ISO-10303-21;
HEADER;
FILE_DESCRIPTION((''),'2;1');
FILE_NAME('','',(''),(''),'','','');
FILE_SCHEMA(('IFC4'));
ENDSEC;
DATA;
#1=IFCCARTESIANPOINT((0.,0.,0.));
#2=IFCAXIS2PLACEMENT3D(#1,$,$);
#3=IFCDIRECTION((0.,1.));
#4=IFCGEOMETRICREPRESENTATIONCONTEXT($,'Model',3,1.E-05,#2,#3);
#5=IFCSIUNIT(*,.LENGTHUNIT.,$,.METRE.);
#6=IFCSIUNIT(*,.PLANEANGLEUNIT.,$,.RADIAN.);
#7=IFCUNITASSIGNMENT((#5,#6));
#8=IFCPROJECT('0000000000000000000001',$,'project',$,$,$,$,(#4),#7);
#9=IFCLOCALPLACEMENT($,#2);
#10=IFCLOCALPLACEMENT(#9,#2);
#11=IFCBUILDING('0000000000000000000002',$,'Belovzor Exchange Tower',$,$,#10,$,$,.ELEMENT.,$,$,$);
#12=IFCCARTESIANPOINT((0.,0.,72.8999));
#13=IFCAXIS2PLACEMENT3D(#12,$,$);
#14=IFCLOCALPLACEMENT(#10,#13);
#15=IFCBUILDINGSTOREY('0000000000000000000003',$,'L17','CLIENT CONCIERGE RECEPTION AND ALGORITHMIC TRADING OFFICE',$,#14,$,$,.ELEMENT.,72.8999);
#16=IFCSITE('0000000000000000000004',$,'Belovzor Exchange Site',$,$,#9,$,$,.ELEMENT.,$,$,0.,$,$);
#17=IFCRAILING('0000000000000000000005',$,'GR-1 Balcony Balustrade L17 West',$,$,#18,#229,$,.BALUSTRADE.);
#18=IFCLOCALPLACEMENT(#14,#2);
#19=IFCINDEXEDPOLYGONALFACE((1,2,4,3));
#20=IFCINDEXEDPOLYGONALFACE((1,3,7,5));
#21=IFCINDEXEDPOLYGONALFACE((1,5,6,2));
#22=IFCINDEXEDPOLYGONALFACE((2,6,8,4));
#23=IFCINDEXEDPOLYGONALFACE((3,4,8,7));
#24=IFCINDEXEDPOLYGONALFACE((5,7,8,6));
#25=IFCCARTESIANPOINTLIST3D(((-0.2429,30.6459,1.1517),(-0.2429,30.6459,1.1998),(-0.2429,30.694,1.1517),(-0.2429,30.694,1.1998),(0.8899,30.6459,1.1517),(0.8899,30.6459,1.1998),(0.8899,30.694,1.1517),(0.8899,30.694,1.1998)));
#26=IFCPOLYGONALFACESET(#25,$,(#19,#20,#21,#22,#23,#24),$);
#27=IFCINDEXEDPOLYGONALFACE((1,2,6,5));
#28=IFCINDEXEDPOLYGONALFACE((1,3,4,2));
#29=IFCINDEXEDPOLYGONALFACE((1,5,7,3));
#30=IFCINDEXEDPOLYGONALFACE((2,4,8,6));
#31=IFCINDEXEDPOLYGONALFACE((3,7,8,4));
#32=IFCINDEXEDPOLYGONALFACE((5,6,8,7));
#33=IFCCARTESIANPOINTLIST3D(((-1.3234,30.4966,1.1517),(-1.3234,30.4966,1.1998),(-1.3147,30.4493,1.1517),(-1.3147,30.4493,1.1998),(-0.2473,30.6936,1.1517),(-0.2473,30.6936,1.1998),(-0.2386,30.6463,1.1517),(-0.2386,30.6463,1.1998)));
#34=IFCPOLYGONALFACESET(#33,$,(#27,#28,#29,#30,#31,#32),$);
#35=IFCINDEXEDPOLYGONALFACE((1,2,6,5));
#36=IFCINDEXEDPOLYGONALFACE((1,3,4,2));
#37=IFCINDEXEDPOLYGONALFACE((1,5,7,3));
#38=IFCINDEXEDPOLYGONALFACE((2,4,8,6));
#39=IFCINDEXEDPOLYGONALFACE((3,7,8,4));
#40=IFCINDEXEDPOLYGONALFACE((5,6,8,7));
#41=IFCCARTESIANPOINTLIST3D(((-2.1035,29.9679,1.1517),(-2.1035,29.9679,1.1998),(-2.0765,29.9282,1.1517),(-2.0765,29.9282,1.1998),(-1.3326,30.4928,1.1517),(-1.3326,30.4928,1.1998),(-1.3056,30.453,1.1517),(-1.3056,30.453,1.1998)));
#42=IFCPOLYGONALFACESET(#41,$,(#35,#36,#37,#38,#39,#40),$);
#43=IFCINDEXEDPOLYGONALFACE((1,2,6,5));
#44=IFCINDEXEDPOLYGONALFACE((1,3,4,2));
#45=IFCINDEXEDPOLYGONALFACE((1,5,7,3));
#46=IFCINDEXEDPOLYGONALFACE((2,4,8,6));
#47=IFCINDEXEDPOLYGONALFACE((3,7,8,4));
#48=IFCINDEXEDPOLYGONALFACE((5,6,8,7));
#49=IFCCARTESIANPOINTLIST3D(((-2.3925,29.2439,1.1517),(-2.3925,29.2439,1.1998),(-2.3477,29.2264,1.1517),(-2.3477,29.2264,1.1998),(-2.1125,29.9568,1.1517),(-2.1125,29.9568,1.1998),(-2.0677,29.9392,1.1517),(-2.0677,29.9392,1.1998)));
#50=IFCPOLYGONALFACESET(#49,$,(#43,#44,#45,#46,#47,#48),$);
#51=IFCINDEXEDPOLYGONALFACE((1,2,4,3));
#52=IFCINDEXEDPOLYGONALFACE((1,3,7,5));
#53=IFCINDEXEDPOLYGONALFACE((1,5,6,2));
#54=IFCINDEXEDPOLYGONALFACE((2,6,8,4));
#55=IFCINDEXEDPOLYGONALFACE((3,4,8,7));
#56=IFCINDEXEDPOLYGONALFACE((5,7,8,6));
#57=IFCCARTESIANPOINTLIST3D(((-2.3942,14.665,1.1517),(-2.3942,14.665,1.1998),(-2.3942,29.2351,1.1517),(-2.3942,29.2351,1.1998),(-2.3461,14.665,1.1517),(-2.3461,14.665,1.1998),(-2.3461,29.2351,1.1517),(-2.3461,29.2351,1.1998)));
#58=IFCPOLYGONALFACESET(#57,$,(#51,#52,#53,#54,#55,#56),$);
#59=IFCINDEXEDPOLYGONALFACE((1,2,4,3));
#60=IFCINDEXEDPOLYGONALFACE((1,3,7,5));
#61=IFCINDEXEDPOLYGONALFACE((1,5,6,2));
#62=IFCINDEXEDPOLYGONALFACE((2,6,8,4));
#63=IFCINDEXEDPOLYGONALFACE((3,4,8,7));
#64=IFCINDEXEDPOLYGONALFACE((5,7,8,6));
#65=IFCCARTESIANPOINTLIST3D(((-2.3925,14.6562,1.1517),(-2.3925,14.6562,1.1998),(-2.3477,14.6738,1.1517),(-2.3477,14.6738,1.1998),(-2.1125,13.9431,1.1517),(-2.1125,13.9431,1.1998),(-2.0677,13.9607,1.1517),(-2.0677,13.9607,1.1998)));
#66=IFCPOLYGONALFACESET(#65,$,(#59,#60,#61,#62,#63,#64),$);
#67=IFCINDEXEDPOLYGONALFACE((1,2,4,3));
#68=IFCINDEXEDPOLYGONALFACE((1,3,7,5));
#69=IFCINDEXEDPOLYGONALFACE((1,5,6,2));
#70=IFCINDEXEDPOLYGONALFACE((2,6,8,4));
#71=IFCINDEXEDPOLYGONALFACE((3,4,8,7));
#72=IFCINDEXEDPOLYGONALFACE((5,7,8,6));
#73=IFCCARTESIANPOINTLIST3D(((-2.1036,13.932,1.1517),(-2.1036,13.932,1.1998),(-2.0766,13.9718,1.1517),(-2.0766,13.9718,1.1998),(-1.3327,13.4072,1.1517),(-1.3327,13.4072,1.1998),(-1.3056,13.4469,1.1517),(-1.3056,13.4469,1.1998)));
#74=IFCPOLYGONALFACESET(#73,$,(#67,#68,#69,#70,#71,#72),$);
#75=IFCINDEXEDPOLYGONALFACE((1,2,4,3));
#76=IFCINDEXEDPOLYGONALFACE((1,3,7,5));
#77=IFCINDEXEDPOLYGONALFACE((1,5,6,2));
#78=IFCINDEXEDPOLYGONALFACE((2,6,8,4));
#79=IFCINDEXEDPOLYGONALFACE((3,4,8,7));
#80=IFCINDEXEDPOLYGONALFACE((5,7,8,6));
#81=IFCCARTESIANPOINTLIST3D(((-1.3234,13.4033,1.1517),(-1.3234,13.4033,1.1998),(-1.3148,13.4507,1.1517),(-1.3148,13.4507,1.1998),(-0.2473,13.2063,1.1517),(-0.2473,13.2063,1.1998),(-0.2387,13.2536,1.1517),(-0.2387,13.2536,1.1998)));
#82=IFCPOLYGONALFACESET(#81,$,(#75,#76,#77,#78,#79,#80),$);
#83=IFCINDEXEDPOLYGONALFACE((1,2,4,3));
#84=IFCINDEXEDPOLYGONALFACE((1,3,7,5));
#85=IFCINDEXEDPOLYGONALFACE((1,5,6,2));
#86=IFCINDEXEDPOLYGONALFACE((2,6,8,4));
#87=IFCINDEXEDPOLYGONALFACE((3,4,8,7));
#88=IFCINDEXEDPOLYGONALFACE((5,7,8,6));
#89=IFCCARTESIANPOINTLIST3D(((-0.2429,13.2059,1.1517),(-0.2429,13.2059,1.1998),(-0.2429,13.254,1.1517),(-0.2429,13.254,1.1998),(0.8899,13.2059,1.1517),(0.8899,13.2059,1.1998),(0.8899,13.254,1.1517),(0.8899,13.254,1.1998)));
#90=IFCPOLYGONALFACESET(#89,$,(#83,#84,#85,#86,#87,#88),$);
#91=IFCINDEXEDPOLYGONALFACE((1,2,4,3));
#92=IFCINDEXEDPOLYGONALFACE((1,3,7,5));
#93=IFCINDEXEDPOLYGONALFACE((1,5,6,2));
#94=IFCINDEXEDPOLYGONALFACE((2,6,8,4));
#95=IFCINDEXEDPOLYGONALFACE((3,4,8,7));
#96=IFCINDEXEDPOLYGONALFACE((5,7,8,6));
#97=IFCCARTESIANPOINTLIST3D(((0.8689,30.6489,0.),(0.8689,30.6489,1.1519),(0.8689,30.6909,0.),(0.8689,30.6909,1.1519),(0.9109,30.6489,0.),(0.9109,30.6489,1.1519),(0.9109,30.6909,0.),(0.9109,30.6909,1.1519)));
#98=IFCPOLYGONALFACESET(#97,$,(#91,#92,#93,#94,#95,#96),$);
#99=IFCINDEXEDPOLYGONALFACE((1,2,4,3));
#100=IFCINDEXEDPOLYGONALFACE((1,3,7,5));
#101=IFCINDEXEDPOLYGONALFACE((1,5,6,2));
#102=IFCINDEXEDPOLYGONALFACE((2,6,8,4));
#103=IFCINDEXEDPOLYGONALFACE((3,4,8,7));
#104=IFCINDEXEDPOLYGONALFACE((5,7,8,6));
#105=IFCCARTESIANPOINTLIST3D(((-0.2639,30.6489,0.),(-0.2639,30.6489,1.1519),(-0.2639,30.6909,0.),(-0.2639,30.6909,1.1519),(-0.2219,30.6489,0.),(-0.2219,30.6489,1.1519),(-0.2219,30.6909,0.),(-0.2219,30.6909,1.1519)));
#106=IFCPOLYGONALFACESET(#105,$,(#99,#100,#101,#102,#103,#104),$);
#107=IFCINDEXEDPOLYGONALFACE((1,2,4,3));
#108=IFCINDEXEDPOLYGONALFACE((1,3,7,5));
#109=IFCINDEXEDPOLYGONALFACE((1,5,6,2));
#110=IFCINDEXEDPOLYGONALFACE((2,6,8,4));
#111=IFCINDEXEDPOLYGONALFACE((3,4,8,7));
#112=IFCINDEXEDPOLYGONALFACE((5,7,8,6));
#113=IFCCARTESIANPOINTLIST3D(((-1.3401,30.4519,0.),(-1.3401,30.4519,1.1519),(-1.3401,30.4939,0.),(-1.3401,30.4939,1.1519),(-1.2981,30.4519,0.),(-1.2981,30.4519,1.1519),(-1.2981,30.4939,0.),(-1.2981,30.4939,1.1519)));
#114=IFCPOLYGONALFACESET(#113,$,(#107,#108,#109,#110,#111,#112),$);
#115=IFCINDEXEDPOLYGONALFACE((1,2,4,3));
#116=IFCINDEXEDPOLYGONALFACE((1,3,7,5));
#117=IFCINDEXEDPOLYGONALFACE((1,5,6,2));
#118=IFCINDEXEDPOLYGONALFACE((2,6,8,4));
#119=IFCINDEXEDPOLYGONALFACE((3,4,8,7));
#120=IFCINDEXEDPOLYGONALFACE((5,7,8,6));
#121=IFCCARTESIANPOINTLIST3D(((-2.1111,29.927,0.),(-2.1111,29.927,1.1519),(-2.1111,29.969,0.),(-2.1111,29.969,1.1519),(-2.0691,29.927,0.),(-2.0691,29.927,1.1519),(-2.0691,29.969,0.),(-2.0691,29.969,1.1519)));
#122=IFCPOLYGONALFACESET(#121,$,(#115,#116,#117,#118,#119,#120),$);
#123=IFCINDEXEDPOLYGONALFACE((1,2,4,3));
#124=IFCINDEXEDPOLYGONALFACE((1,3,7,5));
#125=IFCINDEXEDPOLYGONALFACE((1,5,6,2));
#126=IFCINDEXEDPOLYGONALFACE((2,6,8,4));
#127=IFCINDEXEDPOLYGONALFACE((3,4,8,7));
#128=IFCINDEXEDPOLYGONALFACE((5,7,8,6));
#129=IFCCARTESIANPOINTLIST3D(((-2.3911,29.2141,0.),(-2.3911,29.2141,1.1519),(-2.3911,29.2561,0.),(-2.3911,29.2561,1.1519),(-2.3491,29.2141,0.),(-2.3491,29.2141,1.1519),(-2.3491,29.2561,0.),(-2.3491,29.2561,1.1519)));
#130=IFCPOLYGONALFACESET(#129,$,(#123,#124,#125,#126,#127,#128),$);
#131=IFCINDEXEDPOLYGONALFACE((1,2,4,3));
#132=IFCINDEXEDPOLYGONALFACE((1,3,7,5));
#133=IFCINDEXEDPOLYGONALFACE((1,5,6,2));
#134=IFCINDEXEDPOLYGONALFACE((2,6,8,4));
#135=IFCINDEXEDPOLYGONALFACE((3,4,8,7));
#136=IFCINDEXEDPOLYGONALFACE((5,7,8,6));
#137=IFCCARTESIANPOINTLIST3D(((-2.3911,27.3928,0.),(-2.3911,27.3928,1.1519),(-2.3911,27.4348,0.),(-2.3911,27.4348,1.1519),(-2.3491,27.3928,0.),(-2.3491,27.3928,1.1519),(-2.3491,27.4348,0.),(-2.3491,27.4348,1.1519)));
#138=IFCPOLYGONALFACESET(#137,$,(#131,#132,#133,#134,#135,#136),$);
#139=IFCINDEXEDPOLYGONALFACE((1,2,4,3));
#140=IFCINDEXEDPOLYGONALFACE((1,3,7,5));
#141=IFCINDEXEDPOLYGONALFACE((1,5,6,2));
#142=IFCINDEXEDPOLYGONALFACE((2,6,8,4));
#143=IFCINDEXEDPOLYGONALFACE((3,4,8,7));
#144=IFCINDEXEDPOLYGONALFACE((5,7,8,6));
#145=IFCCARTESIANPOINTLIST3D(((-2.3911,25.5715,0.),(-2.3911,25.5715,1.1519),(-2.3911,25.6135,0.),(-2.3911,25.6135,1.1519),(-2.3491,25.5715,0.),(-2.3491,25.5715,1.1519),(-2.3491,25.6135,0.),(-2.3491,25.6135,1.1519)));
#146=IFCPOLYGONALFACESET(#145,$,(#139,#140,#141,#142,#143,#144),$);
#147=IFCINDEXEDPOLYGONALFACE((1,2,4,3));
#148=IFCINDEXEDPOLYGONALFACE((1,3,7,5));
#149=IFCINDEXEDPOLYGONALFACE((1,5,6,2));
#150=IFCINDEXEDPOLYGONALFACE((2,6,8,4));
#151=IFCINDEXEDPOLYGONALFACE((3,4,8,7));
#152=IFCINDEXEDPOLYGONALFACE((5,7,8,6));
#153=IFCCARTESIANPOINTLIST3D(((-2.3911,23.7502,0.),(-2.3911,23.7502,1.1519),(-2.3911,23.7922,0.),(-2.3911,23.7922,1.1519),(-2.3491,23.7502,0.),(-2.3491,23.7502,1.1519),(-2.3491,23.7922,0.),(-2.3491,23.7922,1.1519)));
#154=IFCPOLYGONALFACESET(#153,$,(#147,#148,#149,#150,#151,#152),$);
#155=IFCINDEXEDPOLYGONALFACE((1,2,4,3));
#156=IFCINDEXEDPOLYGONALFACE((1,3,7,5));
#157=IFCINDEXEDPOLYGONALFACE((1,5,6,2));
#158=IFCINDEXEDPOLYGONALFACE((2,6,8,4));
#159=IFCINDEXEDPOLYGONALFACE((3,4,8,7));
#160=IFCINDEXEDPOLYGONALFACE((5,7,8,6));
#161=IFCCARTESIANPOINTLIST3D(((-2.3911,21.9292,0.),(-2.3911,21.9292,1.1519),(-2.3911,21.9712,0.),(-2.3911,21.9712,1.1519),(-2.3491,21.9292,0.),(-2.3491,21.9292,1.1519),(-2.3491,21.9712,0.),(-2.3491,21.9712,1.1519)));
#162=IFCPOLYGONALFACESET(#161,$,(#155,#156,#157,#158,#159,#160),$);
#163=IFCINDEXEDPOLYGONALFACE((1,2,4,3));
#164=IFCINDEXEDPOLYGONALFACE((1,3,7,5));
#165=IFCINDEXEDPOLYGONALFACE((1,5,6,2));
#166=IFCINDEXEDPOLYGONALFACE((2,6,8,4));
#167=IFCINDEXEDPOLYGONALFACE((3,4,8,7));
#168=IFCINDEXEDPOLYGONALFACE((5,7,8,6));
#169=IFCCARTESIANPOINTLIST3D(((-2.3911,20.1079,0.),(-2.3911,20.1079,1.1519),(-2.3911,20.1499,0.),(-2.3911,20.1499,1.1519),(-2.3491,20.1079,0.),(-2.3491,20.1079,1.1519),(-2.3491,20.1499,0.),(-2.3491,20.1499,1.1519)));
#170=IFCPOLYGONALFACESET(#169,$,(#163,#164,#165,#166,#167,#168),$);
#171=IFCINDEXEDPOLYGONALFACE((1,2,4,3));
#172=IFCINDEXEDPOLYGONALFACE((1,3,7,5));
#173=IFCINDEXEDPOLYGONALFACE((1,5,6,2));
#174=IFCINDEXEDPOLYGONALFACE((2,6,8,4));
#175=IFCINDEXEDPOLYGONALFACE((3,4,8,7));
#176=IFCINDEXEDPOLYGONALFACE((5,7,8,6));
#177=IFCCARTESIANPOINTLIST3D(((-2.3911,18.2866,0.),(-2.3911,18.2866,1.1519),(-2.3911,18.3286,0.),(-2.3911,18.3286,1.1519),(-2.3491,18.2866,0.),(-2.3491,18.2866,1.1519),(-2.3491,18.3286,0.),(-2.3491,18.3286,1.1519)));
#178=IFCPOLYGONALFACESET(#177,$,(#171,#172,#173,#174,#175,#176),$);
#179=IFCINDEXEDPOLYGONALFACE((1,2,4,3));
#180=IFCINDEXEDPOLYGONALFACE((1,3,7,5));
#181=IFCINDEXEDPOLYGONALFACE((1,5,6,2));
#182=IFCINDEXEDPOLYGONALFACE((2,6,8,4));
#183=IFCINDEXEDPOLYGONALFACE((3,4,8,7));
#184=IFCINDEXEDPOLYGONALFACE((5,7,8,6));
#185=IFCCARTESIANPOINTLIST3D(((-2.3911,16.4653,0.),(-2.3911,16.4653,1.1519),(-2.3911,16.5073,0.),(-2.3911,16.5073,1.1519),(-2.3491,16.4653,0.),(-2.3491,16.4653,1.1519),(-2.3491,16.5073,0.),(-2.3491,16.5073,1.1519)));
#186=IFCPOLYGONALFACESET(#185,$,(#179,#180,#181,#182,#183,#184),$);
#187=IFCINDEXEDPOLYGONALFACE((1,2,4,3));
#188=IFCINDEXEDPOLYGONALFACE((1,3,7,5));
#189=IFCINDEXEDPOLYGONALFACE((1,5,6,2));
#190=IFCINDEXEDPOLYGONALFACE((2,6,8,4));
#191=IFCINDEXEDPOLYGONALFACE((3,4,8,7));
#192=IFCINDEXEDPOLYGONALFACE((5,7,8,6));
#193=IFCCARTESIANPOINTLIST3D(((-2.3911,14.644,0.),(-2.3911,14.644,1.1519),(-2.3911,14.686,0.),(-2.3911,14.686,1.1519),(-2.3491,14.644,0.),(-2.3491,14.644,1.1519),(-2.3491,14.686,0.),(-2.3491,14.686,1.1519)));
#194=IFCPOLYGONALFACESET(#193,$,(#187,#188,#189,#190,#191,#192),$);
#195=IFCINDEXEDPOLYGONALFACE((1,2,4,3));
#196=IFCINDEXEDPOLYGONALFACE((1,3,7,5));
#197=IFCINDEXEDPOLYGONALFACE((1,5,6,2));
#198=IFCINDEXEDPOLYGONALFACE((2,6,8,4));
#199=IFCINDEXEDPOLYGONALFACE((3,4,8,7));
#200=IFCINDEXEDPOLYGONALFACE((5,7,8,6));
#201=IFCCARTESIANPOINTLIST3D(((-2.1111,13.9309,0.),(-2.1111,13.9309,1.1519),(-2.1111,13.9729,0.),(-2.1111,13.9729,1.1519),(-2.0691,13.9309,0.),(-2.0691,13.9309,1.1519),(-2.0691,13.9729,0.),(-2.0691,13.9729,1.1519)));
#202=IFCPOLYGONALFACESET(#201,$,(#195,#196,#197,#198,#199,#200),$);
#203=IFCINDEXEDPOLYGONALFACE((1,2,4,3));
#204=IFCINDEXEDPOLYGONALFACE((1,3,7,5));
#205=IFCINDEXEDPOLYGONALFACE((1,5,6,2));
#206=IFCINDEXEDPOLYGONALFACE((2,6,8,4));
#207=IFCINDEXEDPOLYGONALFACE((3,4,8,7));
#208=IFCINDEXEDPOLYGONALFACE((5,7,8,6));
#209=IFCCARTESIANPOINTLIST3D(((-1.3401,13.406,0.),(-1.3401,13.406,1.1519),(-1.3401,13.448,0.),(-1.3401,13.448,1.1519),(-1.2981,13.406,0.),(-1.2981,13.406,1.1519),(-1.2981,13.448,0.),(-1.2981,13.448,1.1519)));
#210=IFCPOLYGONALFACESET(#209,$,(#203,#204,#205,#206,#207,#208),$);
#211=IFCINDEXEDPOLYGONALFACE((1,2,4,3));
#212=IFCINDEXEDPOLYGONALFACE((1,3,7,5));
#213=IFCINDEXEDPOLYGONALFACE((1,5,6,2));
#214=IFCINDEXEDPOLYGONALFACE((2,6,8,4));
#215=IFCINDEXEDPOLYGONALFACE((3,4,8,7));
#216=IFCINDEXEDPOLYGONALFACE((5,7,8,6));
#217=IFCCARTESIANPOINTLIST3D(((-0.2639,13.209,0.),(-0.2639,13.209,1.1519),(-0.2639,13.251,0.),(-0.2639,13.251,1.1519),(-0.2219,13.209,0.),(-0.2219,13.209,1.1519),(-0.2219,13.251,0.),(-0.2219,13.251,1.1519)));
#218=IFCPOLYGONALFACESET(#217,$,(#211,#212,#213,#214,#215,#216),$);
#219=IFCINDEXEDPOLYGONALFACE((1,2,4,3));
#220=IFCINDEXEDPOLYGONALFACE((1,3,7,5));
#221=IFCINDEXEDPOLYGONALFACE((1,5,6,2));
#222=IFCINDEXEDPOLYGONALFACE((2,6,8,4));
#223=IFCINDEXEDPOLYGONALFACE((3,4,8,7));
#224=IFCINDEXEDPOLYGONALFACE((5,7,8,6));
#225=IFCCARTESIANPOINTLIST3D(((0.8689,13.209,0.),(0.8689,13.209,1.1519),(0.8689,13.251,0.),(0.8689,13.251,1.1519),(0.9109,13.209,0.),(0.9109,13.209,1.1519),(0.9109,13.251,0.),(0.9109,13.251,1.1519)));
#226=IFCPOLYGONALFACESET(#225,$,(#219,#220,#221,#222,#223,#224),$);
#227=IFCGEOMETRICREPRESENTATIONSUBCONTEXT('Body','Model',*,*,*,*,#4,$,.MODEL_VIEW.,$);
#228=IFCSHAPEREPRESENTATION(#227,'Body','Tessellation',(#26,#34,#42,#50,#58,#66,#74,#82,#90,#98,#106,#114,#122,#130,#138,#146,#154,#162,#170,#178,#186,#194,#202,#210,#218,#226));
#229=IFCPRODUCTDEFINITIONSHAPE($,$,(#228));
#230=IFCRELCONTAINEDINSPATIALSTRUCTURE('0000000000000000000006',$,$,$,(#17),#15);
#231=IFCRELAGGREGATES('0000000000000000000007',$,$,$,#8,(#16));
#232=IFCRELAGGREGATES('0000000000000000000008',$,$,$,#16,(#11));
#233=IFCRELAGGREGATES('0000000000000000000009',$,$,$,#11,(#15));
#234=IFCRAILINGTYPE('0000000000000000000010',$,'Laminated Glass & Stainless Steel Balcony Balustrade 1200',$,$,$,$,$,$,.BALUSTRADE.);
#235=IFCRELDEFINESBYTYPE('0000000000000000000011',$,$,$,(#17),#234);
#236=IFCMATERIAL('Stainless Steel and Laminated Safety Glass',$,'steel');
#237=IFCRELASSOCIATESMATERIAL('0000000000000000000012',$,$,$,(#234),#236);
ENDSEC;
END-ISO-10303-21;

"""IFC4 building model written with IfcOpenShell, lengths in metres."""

from ifc_helpers import new_model, si_unit, direction, frame, origin, origin_2d, place, context, subcontext, project, spatial, rectangle, extrude, material, type_object, element, save


model = new_model("IFC4")

# Units and contexts
model_context = context("Model", 3, precision=1e-05, world=origin(), true_north=direction((0.0, 1.0)))
body_context = subcontext(model_context, "Body", "Model", "MODEL_VIEW")
ifc_project = project(units=[si_unit("LENGTHUNIT", "METRE"), si_unit("PLANEANGLEUNIT", "RADIAN")], contexts=[model_context])

# Site, building, storey
site_placement = place(None, origin())
site = spatial("IfcSite", under=ifc_project, at=site_placement, Name="Belovzor Exchange Site", CompositionType="ELEMENT", RefElevation=0.0)
building_placement = place(site_placement, origin())
building = spatial("IfcBuilding", under=site, at=building_placement, Name="Belovzor Exchange Tower", CompositionType="ELEMENT")
storey_placement = place(building_placement, frame((0.0, 0.0, 72.8999)))
storey = spatial("IfcBuildingStorey", under=building, at=storey_placement, Name="L17", Description="CLIENT CONCIERGE RECEPTION AND ALGORITHMIC TRADING OFFICE", CompositionType="ELEMENT", Elevation=72.8999)

# Railing
ifc_material_1 = material(Name="Stainless Steel and Laminated Safety Glass", Category="steel")
railing_type = type_object("IfcRailingType", Name="Laminated Glass & Stainless Steel Balcony Balustrade 1200", PredefinedType="BALUSTRADE", material=ifc_material_1)
railing_placement = place(storey_placement, frame((0.8899, 30.6699, 0.0)))
element("IfcRailing", 1, at=railing_placement, inside=storey, type_object=railing_type, Name="GR-1 Balcony Balustrade L17 West", PredefinedType="BALUSTRADE", context=body_context, shape_type="SweptSolid", body=[
    extrude(rectangle(XDim=0.0481, YDim=0.0481, at=origin_2d()), frame((0.0, 0.0, 1.1758), z_axis=(-1.0, 0.0, 0.0), x_axis=(0.0, -1.0, 0.0)), (0.0, 0.0, 1.0), 1.1328),
    extrude(rectangle(XDim=0.0481, YDim=0.0481, at=origin_2d()), frame((-1.1328, 0.0, 1.1758), z_axis=(-0.983651, -0.180083, 0.0), x_axis=(0.180083, -0.983651, 0.0)), (0.0, 0.0, 1.0), 1.094),
    extrude(rectangle(XDim=0.0481, YDim=0.0481, at=origin_2d()), frame((-2.209, -0.197, 1.1758), z_axis=(-0.826615, -0.562768, 0.0), x_axis=(0.562768, -0.826615, 0.0)), (0.0, 0.0, 1.0), 0.9326),
    extrude(rectangle(XDim=0.0481, YDim=0.0481, at=origin_2d()), frame((-2.98, -0.7219, 1.1758), z_axis=(-0.365613, -0.930767, 0.0), x_axis=(0.930767, -0.365613, 0.0)), (0.0, 0.0, 1.0), 0.7659),
    extrude(rectangle(XDim=0.0481, YDim=0.0481, at=origin_2d()), frame((-3.26, -1.4348, 1.1758), z_axis=(0.0, -1.0, 0.0), x_axis=(1.0, 0.0, 0.0)), (0.0, 0.0, 1.0), 14.5701),
    extrude(rectangle(XDim=0.0481, YDim=0.0481, at=origin_2d()), frame((-3.26, -16.0049, 1.1758), z_axis=(0.365504, -0.93081, 0.0), x_axis=(0.93081, 0.365504, 0.0)), (0.0, 0.0, 1.0), 0.7661),
    extrude(rectangle(XDim=0.0481, YDim=0.0481, at=origin_2d()), frame((-2.98, -16.718, 1.1758), z_axis=(0.826615, -0.562768, 0.0), x_axis=(0.562768, 0.826615, 0.0)), (0.0, 0.0, 1.0), 0.9326),
    extrude(rectangle(XDim=0.0481, YDim=0.0481, at=origin_2d()), frame((-2.209, -17.2429, 1.1758), z_axis=(0.983651, -0.180083, 0.0), x_axis=(0.180083, 0.983651, 0.0)), (0.0, 0.0, 1.0), 1.094),
    extrude(rectangle(XDim=0.0481, YDim=0.0481, at=origin_2d()), frame((-1.1328, -17.4399, 1.1758), z_axis=(1.0, 0.0, 0.0), x_axis=(0.0, 1.0, 0.0)), (0.0, 0.0, 1.0), 1.1328),
    extrude(rectangle(XDim=0.042, YDim=0.042, at=origin_2d()), origin(), (0.0, 0.0, 1.0), 1.1519),
    extrude(rectangle(XDim=0.042, YDim=0.042, at=origin_2d()), frame((-1.1328, 0.0, 0.0)), (0.0, 0.0, 1.0), 1.1519),
    extrude(rectangle(XDim=0.042, YDim=0.042, at=origin_2d()), frame((-2.209, -0.197, 0.0)), (0.0, 0.0, 1.0), 1.1519),
    extrude(rectangle(XDim=0.042, YDim=0.042, at=origin_2d()), frame((-2.98, -0.7219, 0.0)), (0.0, 0.0, 1.0), 1.1519),
    extrude(rectangle(XDim=0.042, YDim=0.042, at=origin_2d()), frame((-3.26, -1.4348, 0.0)), (0.0, 0.0, 1.0), 1.1519),
    extrude(rectangle(XDim=0.042, YDim=0.042, at=origin_2d()), frame((-3.26, -3.2561, 0.0)), (0.0, 0.0, 1.0), 1.1519),
    extrude(rectangle(XDim=0.042, YDim=0.042, at=origin_2d()), frame((-3.26, -5.0774, 0.0)), (0.0, 0.0, 1.0), 1.1519),
    extrude(rectangle(XDim=0.042, YDim=0.042, at=origin_2d()), frame((-3.26, -6.8987, 0.0)), (0.0, 0.0, 1.0), 1.1519),
    extrude(rectangle(XDim=0.042, YDim=0.042, at=origin_2d()), frame((-3.26, -8.7197, 0.0)), (0.0, 0.0, 1.0), 1.1519),
    extrude(rectangle(XDim=0.042, YDim=0.042, at=origin_2d()), frame((-3.26, -10.541, 0.0)), (0.0, 0.0, 1.0), 1.1519),
    extrude(rectangle(XDim=0.042, YDim=0.042, at=origin_2d()), frame((-3.26, -12.3623, 0.0)), (0.0, 0.0, 1.0), 1.1519),
    extrude(rectangle(XDim=0.042, YDim=0.042, at=origin_2d()), frame((-3.26, -14.1836, 0.0)), (0.0, 0.0, 1.0), 1.1519),
    extrude(rectangle(XDim=0.042, YDim=0.042, at=origin_2d()), frame((-3.26, -16.0049, 0.0)), (0.0, 0.0, 1.0), 1.1519),
    extrude(rectangle(XDim=0.042, YDim=0.042, at=origin_2d()), frame((-2.98, -16.718, 0.0)), (0.0, 0.0, 1.0), 1.1519),
    extrude(rectangle(XDim=0.042, YDim=0.042, at=origin_2d()), frame((-2.209, -17.2429, 0.0)), (0.0, 0.0, 1.0), 1.1519),
    extrude(rectangle(XDim=0.042, YDim=0.042, at=origin_2d()), frame((-1.1328, -17.4399, 0.0)), (0.0, 0.0, 1.0), 1.1519),
    extrude(rectangle(XDim=0.042, YDim=0.042, at=origin_2d()), frame((0.0, -17.4399, 0.0)), (0.0, 0.0, 1.0), 1.1519),
])

save(model, "model.ifc")
